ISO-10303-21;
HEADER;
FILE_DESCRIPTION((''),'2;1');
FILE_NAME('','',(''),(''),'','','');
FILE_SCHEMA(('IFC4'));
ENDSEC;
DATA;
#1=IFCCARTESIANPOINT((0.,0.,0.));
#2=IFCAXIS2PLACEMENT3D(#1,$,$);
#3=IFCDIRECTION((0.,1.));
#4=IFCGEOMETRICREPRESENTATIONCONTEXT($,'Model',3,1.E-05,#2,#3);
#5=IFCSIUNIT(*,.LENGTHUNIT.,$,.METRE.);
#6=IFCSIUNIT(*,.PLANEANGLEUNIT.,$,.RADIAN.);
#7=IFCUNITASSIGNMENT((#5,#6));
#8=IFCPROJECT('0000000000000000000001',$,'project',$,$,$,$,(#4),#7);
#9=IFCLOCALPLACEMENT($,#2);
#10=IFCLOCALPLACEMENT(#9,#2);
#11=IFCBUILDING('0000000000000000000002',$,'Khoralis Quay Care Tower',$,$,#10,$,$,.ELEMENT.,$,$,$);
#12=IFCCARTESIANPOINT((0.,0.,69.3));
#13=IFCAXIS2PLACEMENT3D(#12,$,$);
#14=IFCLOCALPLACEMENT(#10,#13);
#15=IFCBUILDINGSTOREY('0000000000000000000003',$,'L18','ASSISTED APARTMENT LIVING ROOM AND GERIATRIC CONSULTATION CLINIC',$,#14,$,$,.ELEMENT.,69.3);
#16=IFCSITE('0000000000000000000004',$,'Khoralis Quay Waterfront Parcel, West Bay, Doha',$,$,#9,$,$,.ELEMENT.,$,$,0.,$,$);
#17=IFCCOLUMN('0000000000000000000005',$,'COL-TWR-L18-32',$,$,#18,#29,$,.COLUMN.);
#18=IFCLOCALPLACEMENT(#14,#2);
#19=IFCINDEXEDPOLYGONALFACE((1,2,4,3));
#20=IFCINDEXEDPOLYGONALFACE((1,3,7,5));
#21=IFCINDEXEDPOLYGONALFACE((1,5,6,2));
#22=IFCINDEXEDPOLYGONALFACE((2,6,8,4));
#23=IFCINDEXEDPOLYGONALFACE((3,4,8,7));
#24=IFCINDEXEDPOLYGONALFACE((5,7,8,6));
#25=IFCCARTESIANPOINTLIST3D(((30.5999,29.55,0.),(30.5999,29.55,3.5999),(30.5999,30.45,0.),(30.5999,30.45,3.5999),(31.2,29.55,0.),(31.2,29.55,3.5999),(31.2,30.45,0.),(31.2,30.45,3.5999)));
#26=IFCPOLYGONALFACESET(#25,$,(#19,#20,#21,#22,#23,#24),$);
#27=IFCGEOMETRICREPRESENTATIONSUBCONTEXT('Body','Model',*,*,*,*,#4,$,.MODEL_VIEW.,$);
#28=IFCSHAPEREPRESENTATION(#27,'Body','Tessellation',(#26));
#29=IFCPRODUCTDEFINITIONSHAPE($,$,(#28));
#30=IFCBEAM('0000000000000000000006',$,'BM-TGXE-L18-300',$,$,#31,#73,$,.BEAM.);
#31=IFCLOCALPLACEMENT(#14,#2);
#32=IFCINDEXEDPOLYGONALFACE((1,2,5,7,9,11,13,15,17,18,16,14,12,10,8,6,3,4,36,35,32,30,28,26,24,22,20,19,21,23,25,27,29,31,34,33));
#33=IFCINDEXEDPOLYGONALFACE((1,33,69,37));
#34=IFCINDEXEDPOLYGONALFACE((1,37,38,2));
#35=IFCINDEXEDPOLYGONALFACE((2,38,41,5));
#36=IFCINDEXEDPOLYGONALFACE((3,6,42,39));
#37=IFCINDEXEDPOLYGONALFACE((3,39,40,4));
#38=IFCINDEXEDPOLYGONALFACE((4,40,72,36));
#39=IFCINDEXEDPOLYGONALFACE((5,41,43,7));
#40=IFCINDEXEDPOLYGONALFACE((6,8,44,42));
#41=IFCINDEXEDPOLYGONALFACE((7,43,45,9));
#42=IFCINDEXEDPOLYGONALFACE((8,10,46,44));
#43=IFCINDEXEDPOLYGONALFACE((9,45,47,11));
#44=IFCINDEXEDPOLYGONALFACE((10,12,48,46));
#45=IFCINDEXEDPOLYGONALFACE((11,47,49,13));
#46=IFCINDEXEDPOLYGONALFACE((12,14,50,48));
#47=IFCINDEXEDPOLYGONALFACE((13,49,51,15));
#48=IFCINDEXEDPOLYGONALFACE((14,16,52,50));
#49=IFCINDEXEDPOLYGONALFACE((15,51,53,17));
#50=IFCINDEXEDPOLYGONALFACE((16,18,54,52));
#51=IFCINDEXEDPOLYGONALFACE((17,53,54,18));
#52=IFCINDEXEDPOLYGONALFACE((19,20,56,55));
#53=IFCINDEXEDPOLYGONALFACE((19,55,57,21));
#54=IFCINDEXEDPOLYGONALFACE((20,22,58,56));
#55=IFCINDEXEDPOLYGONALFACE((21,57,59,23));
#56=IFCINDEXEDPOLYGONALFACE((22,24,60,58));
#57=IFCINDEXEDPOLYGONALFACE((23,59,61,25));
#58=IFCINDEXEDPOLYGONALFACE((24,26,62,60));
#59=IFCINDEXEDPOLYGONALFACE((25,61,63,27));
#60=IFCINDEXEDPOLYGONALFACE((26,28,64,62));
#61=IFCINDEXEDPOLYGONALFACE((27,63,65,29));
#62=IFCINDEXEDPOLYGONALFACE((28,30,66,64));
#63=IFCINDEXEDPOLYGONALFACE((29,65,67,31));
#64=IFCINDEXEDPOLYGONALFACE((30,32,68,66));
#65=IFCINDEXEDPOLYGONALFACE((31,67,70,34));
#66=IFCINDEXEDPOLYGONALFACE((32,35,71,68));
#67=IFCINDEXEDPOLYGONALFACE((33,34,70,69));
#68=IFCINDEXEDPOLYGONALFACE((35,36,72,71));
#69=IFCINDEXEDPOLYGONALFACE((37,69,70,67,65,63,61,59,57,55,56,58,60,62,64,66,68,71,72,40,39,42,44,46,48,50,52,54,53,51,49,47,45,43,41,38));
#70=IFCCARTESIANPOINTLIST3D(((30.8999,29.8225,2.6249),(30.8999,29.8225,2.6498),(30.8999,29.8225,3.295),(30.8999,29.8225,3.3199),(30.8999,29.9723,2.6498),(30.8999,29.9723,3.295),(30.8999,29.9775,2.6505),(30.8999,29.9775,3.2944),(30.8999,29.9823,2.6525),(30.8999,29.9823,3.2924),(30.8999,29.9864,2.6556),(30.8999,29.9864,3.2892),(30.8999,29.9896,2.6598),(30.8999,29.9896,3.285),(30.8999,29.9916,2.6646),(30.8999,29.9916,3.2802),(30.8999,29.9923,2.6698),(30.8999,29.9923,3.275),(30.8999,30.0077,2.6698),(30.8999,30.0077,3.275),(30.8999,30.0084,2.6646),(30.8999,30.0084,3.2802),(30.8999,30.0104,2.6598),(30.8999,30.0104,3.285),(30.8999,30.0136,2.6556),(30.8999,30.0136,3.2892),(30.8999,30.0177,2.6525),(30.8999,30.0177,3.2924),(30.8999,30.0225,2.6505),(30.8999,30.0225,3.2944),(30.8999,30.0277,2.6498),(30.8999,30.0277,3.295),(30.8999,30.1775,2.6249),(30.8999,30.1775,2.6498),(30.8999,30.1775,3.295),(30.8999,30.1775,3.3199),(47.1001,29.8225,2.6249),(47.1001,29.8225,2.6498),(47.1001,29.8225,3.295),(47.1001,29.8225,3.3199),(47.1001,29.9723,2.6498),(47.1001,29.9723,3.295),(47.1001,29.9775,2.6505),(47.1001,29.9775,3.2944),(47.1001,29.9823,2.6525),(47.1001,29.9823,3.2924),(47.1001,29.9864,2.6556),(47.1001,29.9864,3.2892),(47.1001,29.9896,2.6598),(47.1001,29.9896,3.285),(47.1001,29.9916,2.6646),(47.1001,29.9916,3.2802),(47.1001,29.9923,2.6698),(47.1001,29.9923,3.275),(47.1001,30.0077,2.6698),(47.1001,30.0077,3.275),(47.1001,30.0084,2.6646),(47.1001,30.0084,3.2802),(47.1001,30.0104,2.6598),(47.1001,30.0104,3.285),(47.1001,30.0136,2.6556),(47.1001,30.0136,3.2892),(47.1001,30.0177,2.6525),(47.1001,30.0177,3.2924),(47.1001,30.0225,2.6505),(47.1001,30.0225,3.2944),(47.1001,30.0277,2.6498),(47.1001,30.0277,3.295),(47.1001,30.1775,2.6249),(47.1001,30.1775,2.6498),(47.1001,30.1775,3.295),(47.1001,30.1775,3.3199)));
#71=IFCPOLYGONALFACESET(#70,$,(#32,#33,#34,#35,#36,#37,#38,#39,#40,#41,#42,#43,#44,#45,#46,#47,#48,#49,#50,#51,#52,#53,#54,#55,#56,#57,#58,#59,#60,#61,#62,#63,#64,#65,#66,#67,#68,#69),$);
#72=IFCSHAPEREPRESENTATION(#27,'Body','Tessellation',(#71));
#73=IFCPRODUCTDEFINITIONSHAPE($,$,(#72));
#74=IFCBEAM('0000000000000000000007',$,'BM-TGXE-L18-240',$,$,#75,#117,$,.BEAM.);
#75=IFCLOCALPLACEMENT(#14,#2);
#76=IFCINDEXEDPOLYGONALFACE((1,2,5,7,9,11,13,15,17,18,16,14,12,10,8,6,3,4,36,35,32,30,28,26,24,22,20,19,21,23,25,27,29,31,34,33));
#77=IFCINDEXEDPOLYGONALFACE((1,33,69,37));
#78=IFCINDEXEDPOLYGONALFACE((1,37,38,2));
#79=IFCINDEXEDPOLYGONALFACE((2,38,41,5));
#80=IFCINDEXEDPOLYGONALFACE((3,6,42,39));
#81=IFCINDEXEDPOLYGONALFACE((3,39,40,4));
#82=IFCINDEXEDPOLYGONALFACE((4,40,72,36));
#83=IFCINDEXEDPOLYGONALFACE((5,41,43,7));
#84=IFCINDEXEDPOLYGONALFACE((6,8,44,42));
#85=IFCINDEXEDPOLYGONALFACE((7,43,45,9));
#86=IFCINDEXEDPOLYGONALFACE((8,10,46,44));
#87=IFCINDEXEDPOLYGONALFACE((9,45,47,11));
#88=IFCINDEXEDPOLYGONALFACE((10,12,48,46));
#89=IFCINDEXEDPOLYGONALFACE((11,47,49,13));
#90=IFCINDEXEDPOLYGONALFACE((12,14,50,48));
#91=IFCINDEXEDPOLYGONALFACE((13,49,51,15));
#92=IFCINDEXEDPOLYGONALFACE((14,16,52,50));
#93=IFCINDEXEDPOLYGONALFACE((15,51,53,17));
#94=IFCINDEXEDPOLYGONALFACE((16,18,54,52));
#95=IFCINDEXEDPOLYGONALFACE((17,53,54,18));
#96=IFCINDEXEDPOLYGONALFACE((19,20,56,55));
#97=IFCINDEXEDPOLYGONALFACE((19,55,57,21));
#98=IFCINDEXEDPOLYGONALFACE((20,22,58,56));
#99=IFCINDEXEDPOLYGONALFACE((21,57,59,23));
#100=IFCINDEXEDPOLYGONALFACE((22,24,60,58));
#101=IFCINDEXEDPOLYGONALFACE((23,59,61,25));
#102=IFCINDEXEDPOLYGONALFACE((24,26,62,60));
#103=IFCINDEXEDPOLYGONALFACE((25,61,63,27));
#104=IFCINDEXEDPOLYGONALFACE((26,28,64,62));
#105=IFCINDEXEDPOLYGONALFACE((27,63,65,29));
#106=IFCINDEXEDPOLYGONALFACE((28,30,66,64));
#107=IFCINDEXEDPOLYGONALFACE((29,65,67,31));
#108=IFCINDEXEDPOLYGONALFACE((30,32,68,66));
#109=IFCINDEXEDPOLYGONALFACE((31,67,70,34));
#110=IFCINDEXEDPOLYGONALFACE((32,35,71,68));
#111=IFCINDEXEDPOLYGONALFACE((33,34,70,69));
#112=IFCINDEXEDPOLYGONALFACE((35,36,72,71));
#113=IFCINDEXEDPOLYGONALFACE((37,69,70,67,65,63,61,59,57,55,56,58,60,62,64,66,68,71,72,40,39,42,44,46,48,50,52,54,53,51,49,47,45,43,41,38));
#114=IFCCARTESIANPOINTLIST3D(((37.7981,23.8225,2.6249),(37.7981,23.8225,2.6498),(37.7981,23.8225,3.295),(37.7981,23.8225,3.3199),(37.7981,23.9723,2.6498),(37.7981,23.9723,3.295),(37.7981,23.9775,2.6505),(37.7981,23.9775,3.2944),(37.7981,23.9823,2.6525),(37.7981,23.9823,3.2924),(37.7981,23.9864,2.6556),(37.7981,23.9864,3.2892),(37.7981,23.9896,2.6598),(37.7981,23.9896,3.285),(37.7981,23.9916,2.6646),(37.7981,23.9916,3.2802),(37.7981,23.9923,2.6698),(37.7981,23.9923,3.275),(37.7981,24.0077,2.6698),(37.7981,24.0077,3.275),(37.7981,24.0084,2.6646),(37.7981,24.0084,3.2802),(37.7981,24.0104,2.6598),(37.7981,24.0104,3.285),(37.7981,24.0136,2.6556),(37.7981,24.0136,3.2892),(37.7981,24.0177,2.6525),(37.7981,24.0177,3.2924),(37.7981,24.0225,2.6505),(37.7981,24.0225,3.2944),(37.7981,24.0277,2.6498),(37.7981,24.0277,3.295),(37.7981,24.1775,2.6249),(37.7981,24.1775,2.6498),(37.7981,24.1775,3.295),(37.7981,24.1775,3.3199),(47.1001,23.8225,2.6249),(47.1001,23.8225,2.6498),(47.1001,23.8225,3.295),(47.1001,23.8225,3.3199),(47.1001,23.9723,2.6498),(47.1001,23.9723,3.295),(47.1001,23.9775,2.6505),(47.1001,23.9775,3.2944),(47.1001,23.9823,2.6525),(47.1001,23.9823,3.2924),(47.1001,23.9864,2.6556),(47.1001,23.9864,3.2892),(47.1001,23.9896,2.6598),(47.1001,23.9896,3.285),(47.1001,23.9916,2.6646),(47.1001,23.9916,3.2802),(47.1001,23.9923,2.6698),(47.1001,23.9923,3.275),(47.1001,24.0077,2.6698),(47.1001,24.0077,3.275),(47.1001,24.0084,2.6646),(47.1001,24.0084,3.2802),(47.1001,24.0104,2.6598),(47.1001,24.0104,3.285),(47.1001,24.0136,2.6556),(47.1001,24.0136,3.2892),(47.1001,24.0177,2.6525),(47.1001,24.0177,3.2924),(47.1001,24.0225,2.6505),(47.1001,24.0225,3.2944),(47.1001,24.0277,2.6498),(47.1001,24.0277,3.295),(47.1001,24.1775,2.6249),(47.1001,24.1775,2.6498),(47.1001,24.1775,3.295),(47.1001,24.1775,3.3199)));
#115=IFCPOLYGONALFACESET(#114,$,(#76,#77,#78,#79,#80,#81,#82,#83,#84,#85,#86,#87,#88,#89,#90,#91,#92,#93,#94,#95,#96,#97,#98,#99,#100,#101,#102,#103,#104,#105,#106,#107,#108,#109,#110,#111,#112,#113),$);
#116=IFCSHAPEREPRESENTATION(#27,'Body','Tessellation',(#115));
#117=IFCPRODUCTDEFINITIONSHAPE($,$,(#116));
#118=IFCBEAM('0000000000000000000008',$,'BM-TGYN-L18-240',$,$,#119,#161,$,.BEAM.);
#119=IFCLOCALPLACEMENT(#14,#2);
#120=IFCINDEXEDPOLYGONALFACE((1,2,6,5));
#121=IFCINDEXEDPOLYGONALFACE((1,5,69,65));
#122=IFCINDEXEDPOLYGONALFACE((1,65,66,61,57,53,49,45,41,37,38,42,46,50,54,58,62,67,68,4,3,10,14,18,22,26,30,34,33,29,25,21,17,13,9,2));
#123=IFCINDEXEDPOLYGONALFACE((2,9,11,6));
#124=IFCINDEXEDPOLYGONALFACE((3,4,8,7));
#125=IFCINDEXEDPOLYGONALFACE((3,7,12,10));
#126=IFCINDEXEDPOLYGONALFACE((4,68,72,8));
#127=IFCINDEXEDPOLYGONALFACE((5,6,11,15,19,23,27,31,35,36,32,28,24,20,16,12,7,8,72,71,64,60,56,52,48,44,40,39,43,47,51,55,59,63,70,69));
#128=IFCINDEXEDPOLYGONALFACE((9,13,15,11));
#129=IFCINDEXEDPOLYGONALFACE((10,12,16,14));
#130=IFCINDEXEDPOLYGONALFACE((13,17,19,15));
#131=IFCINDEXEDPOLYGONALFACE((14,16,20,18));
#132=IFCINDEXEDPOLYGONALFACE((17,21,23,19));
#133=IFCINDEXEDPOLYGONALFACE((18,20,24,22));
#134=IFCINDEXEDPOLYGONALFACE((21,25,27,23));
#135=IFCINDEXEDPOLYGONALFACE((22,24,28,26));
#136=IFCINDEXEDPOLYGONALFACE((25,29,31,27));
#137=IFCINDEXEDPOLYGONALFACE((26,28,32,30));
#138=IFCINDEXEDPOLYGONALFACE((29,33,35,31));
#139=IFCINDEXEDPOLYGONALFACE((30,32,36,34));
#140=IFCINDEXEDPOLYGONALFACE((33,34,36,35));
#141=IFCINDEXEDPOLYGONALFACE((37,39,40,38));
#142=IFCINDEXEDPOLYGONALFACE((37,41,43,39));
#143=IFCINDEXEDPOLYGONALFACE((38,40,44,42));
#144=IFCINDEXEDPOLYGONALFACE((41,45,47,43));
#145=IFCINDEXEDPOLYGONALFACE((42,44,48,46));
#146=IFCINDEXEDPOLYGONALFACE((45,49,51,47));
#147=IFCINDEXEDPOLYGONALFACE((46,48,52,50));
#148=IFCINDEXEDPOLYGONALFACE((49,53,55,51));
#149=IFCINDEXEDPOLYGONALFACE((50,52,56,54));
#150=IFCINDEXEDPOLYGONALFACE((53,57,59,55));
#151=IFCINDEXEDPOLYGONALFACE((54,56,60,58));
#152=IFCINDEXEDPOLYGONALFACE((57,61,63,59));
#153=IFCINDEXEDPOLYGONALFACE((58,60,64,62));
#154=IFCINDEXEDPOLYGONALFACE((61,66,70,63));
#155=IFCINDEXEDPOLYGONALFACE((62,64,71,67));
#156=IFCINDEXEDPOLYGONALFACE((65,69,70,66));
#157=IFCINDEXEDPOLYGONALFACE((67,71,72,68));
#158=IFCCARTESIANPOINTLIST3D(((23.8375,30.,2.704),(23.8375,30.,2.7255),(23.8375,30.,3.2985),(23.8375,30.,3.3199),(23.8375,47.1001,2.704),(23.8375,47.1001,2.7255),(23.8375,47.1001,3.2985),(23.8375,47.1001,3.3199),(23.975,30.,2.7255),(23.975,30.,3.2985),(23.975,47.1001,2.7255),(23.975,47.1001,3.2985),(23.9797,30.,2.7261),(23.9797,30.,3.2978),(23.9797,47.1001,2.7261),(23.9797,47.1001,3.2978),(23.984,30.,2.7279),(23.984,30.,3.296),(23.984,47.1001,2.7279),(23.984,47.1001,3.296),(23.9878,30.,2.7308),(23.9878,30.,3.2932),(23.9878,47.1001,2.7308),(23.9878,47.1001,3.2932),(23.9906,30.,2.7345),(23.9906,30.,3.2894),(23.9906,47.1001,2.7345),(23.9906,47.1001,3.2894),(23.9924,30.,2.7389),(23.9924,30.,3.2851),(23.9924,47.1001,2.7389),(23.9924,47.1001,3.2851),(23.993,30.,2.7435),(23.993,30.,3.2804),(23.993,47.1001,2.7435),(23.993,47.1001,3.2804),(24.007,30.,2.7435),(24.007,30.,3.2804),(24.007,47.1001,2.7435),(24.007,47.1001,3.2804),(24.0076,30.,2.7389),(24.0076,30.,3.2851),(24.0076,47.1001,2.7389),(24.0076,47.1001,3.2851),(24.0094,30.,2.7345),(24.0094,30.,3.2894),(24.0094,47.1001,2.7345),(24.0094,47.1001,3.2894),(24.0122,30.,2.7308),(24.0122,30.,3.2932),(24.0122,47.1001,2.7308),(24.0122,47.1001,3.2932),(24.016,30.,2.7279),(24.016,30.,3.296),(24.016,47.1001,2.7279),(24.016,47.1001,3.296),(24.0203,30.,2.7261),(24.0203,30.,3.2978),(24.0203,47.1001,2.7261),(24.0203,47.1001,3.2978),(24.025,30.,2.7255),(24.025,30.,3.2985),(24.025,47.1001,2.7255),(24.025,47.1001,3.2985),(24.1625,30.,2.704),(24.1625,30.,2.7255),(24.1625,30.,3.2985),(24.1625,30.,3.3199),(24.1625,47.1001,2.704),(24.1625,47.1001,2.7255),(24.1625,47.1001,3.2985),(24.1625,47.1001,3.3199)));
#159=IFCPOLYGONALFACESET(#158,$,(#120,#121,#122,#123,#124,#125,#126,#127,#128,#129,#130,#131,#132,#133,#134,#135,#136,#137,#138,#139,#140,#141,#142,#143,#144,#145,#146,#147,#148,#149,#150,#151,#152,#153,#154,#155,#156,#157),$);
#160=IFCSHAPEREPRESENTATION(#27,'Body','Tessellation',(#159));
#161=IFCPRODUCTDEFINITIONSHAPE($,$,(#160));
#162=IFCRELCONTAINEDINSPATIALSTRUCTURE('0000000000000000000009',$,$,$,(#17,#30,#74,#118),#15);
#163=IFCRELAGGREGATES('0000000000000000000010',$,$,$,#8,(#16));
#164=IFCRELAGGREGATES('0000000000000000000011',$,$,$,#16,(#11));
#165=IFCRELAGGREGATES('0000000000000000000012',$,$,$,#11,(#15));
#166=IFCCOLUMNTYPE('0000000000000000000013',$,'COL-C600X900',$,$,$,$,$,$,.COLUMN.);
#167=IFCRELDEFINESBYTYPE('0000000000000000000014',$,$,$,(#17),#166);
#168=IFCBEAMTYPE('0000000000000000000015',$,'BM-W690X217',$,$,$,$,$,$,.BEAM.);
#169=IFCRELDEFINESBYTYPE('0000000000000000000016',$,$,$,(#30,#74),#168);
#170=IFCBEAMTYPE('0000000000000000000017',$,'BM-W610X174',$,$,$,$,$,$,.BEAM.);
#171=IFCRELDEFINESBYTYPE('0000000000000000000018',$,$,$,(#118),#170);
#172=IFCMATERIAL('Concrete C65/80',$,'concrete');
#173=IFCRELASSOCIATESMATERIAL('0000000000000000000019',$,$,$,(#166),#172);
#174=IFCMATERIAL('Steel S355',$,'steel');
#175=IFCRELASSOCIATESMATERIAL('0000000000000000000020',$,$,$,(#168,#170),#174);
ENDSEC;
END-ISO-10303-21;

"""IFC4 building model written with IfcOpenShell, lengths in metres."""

from ifc_helpers import new_model, si_unit, direction, frame, origin, origin_2d, place, context, subcontext, project, spatial, rectangle, i_section, extrude, source, transform, mapped, material, material_profile, profile_set, type_object, element, save


model = new_model("IFC4")

# Units and contexts
model_context = context("Model", 3, precision=1e-05, world=origin(), true_north=direction((0.0, 1.0)))
body_context = subcontext(model_context, "Body", "Model", "MODEL_VIEW")
ifc_project = project(units=[si_unit("LENGTHUNIT", "METRE"), si_unit("PLANEANGLEUNIT", "RADIAN")], contexts=[model_context])

# Site, building, storey
site_placement = place(None, origin())
site = spatial("IfcSite", under=ifc_project, at=site_placement, Name="Khoralis Quay Waterfront Parcel, West Bay, Doha", CompositionType="ELEMENT", RefElevation=0.0)
building_placement = place(site_placement, origin())
building = spatial("IfcBuilding", under=site, at=building_placement, Name="Khoralis Quay Care Tower", CompositionType="ELEMENT")
storey_placement = place(building_placement, frame((0.0, 0.0, 69.3)))
storey = spatial("IfcBuildingStorey", under=building, at=storey_placement, Name="L18", Description="ASSISTED APARTMENT LIVING ROOM AND GERIATRIC CONSULTATION CLINIC", CompositionType="ELEMENT", Elevation=69.3)

# Column
ifc_material_1 = material(Name="Concrete C65/80", Category="concrete")
ifc_material_profile_1 = material_profile(ifc_material_1, rectangle(XDim=0.6001, YDim=0.8999, at=origin_2d()), Name="Concrete C65/80")
ifc_profile_set_1 = profile_set([ifc_material_profile_1], Name="Concrete C65/80")
column_type = type_object("IfcColumnType", Name="COL-C600X900", PredefinedType="COLUMN", material=ifc_profile_set_1)
shared_shape_1 = source(origin(), body_context, "Body", "SweptSolid", [
    extrude(rectangle(XDim=0.6001, YDim=0.8999, at=origin_2d()), origin(), (0.0, 0.0, 1.0), 3.5999),
])
column_placement = place(storey_placement, frame((30.8999, 30.0, 0.0), z_axis=(0.0, 0.0, 1.0), x_axis=(1.0, 0.0, 0.0)))
element("IfcColumn", 1, at=column_placement, inside=storey, type_object=column_type, Name="COL-TWR-L18-32", PredefinedType="COLUMN", context=body_context, shape_type="MappedRepresentation", body=[
    mapped(shared_shape_1, transform((0.0, 0.0, 0.0), scale=1.0)),
])

# Beams
ifc_material_2 = material(Name="Steel S355", Category="steel")
ifc_material_profile_2 = material_profile(ifc_material_2, i_section(OverallWidth=0.355, OverallDepth=0.6951, WebThickness=0.0154, FlangeThickness=0.0249, FilletRadius=0.02, at=origin_2d()), Name="Steel S355")
ifc_profile_set_2 = profile_set([ifc_material_profile_2], Name="Steel S355")
beam_type_1 = type_object("IfcBeamType", Name="BM-W690X217", PredefinedType="BEAM", material=ifc_profile_set_2)
shared_shape_2 = source(origin(), body_context, "Body", "SweptSolid", [
    extrude(i_section(OverallWidth=0.355, OverallDepth=0.6951, WebThickness=0.0154, FlangeThickness=0.0249, FilletRadius=0.02, at=origin_2d()), origin(), (0.0, 0.0, 1.0), 16.2002),
])
beam_1_placement = place(storey_placement, frame((30.8999, 30.0, 2.9724), z_axis=(1.0, 0.0, 0.0), x_axis=(0.0, 1.0, 0.0)))
element("IfcBeam", 2, at=beam_1_placement, inside=storey, type_object=beam_type_1, Name="BM-TGXE-L18-300", PredefinedType="BEAM", context=body_context, shape_type="MappedRepresentation", body=[
    mapped(shared_shape_2, transform((0.0, 0.0, 0.0), scale=1.0)),
])
shared_shape_3 = source(origin(), body_context, "Body", "SweptSolid", [
    extrude(i_section(OverallWidth=0.355, OverallDepth=0.6951, WebThickness=0.0154, FlangeThickness=0.0249, FilletRadius=0.02, at=origin_2d()), origin(), (0.0, 0.0, 1.0), 9.302),
])
beam_2_placement = place(storey_placement, frame((37.7981, 24.0, 2.9724), z_axis=(1.0, 0.0, 0.0), x_axis=(0.0, 1.0, 0.0)))
element("IfcBeam", 3, at=beam_2_placement, inside=storey, type_object=beam_type_1, Name="BM-TGXE-L18-240", PredefinedType="BEAM", context=body_context, shape_type="MappedRepresentation", body=[
    mapped(shared_shape_3, transform((0.0, 0.0, 0.0), scale=1.0)),
])
ifc_material_profile_3 = material_profile(ifc_material_2, i_section(OverallWidth=0.325, OverallDepth=0.616, WebThickness=0.0139, FlangeThickness=0.0215, FilletRadius=0.0181, at=origin_2d()), Name="Steel S355")
ifc_profile_set_3 = profile_set([ifc_material_profile_3], Name="Steel S355")
beam_type_2 = type_object("IfcBeamType", Name="BM-W610X174", PredefinedType="BEAM", material=ifc_profile_set_3)
shared_shape_4 = source(origin(), body_context, "Body", "SweptSolid", [
    extrude(i_section(OverallWidth=0.325, OverallDepth=0.616, WebThickness=0.0139, FlangeThickness=0.0215, FilletRadius=0.0181, at=origin_2d()), origin(), (0.0, 0.0, 1.0), 17.1001),
])
for number, where, z_axis, x_axis, name in (
    (4, (24.0, 30.0, 3.012), (0.0, 1.0, 0.0), (-1.0, 0.0, 0.0), "BM-TGYN-L18-240"),
):
    element("IfcBeam", number, at=place(storey_placement, frame(where, z_axis=z_axis, x_axis=x_axis)), inside=storey, type_object=beam_type_2, Name=name, PredefinedType="BEAM", context=body_context, shape_type="MappedRepresentation", body=[
        mapped(shared_shape_4, transform((0.0, 0.0, 0.0), scale=1.0)),
    ])

save(model, "model.ifc")
